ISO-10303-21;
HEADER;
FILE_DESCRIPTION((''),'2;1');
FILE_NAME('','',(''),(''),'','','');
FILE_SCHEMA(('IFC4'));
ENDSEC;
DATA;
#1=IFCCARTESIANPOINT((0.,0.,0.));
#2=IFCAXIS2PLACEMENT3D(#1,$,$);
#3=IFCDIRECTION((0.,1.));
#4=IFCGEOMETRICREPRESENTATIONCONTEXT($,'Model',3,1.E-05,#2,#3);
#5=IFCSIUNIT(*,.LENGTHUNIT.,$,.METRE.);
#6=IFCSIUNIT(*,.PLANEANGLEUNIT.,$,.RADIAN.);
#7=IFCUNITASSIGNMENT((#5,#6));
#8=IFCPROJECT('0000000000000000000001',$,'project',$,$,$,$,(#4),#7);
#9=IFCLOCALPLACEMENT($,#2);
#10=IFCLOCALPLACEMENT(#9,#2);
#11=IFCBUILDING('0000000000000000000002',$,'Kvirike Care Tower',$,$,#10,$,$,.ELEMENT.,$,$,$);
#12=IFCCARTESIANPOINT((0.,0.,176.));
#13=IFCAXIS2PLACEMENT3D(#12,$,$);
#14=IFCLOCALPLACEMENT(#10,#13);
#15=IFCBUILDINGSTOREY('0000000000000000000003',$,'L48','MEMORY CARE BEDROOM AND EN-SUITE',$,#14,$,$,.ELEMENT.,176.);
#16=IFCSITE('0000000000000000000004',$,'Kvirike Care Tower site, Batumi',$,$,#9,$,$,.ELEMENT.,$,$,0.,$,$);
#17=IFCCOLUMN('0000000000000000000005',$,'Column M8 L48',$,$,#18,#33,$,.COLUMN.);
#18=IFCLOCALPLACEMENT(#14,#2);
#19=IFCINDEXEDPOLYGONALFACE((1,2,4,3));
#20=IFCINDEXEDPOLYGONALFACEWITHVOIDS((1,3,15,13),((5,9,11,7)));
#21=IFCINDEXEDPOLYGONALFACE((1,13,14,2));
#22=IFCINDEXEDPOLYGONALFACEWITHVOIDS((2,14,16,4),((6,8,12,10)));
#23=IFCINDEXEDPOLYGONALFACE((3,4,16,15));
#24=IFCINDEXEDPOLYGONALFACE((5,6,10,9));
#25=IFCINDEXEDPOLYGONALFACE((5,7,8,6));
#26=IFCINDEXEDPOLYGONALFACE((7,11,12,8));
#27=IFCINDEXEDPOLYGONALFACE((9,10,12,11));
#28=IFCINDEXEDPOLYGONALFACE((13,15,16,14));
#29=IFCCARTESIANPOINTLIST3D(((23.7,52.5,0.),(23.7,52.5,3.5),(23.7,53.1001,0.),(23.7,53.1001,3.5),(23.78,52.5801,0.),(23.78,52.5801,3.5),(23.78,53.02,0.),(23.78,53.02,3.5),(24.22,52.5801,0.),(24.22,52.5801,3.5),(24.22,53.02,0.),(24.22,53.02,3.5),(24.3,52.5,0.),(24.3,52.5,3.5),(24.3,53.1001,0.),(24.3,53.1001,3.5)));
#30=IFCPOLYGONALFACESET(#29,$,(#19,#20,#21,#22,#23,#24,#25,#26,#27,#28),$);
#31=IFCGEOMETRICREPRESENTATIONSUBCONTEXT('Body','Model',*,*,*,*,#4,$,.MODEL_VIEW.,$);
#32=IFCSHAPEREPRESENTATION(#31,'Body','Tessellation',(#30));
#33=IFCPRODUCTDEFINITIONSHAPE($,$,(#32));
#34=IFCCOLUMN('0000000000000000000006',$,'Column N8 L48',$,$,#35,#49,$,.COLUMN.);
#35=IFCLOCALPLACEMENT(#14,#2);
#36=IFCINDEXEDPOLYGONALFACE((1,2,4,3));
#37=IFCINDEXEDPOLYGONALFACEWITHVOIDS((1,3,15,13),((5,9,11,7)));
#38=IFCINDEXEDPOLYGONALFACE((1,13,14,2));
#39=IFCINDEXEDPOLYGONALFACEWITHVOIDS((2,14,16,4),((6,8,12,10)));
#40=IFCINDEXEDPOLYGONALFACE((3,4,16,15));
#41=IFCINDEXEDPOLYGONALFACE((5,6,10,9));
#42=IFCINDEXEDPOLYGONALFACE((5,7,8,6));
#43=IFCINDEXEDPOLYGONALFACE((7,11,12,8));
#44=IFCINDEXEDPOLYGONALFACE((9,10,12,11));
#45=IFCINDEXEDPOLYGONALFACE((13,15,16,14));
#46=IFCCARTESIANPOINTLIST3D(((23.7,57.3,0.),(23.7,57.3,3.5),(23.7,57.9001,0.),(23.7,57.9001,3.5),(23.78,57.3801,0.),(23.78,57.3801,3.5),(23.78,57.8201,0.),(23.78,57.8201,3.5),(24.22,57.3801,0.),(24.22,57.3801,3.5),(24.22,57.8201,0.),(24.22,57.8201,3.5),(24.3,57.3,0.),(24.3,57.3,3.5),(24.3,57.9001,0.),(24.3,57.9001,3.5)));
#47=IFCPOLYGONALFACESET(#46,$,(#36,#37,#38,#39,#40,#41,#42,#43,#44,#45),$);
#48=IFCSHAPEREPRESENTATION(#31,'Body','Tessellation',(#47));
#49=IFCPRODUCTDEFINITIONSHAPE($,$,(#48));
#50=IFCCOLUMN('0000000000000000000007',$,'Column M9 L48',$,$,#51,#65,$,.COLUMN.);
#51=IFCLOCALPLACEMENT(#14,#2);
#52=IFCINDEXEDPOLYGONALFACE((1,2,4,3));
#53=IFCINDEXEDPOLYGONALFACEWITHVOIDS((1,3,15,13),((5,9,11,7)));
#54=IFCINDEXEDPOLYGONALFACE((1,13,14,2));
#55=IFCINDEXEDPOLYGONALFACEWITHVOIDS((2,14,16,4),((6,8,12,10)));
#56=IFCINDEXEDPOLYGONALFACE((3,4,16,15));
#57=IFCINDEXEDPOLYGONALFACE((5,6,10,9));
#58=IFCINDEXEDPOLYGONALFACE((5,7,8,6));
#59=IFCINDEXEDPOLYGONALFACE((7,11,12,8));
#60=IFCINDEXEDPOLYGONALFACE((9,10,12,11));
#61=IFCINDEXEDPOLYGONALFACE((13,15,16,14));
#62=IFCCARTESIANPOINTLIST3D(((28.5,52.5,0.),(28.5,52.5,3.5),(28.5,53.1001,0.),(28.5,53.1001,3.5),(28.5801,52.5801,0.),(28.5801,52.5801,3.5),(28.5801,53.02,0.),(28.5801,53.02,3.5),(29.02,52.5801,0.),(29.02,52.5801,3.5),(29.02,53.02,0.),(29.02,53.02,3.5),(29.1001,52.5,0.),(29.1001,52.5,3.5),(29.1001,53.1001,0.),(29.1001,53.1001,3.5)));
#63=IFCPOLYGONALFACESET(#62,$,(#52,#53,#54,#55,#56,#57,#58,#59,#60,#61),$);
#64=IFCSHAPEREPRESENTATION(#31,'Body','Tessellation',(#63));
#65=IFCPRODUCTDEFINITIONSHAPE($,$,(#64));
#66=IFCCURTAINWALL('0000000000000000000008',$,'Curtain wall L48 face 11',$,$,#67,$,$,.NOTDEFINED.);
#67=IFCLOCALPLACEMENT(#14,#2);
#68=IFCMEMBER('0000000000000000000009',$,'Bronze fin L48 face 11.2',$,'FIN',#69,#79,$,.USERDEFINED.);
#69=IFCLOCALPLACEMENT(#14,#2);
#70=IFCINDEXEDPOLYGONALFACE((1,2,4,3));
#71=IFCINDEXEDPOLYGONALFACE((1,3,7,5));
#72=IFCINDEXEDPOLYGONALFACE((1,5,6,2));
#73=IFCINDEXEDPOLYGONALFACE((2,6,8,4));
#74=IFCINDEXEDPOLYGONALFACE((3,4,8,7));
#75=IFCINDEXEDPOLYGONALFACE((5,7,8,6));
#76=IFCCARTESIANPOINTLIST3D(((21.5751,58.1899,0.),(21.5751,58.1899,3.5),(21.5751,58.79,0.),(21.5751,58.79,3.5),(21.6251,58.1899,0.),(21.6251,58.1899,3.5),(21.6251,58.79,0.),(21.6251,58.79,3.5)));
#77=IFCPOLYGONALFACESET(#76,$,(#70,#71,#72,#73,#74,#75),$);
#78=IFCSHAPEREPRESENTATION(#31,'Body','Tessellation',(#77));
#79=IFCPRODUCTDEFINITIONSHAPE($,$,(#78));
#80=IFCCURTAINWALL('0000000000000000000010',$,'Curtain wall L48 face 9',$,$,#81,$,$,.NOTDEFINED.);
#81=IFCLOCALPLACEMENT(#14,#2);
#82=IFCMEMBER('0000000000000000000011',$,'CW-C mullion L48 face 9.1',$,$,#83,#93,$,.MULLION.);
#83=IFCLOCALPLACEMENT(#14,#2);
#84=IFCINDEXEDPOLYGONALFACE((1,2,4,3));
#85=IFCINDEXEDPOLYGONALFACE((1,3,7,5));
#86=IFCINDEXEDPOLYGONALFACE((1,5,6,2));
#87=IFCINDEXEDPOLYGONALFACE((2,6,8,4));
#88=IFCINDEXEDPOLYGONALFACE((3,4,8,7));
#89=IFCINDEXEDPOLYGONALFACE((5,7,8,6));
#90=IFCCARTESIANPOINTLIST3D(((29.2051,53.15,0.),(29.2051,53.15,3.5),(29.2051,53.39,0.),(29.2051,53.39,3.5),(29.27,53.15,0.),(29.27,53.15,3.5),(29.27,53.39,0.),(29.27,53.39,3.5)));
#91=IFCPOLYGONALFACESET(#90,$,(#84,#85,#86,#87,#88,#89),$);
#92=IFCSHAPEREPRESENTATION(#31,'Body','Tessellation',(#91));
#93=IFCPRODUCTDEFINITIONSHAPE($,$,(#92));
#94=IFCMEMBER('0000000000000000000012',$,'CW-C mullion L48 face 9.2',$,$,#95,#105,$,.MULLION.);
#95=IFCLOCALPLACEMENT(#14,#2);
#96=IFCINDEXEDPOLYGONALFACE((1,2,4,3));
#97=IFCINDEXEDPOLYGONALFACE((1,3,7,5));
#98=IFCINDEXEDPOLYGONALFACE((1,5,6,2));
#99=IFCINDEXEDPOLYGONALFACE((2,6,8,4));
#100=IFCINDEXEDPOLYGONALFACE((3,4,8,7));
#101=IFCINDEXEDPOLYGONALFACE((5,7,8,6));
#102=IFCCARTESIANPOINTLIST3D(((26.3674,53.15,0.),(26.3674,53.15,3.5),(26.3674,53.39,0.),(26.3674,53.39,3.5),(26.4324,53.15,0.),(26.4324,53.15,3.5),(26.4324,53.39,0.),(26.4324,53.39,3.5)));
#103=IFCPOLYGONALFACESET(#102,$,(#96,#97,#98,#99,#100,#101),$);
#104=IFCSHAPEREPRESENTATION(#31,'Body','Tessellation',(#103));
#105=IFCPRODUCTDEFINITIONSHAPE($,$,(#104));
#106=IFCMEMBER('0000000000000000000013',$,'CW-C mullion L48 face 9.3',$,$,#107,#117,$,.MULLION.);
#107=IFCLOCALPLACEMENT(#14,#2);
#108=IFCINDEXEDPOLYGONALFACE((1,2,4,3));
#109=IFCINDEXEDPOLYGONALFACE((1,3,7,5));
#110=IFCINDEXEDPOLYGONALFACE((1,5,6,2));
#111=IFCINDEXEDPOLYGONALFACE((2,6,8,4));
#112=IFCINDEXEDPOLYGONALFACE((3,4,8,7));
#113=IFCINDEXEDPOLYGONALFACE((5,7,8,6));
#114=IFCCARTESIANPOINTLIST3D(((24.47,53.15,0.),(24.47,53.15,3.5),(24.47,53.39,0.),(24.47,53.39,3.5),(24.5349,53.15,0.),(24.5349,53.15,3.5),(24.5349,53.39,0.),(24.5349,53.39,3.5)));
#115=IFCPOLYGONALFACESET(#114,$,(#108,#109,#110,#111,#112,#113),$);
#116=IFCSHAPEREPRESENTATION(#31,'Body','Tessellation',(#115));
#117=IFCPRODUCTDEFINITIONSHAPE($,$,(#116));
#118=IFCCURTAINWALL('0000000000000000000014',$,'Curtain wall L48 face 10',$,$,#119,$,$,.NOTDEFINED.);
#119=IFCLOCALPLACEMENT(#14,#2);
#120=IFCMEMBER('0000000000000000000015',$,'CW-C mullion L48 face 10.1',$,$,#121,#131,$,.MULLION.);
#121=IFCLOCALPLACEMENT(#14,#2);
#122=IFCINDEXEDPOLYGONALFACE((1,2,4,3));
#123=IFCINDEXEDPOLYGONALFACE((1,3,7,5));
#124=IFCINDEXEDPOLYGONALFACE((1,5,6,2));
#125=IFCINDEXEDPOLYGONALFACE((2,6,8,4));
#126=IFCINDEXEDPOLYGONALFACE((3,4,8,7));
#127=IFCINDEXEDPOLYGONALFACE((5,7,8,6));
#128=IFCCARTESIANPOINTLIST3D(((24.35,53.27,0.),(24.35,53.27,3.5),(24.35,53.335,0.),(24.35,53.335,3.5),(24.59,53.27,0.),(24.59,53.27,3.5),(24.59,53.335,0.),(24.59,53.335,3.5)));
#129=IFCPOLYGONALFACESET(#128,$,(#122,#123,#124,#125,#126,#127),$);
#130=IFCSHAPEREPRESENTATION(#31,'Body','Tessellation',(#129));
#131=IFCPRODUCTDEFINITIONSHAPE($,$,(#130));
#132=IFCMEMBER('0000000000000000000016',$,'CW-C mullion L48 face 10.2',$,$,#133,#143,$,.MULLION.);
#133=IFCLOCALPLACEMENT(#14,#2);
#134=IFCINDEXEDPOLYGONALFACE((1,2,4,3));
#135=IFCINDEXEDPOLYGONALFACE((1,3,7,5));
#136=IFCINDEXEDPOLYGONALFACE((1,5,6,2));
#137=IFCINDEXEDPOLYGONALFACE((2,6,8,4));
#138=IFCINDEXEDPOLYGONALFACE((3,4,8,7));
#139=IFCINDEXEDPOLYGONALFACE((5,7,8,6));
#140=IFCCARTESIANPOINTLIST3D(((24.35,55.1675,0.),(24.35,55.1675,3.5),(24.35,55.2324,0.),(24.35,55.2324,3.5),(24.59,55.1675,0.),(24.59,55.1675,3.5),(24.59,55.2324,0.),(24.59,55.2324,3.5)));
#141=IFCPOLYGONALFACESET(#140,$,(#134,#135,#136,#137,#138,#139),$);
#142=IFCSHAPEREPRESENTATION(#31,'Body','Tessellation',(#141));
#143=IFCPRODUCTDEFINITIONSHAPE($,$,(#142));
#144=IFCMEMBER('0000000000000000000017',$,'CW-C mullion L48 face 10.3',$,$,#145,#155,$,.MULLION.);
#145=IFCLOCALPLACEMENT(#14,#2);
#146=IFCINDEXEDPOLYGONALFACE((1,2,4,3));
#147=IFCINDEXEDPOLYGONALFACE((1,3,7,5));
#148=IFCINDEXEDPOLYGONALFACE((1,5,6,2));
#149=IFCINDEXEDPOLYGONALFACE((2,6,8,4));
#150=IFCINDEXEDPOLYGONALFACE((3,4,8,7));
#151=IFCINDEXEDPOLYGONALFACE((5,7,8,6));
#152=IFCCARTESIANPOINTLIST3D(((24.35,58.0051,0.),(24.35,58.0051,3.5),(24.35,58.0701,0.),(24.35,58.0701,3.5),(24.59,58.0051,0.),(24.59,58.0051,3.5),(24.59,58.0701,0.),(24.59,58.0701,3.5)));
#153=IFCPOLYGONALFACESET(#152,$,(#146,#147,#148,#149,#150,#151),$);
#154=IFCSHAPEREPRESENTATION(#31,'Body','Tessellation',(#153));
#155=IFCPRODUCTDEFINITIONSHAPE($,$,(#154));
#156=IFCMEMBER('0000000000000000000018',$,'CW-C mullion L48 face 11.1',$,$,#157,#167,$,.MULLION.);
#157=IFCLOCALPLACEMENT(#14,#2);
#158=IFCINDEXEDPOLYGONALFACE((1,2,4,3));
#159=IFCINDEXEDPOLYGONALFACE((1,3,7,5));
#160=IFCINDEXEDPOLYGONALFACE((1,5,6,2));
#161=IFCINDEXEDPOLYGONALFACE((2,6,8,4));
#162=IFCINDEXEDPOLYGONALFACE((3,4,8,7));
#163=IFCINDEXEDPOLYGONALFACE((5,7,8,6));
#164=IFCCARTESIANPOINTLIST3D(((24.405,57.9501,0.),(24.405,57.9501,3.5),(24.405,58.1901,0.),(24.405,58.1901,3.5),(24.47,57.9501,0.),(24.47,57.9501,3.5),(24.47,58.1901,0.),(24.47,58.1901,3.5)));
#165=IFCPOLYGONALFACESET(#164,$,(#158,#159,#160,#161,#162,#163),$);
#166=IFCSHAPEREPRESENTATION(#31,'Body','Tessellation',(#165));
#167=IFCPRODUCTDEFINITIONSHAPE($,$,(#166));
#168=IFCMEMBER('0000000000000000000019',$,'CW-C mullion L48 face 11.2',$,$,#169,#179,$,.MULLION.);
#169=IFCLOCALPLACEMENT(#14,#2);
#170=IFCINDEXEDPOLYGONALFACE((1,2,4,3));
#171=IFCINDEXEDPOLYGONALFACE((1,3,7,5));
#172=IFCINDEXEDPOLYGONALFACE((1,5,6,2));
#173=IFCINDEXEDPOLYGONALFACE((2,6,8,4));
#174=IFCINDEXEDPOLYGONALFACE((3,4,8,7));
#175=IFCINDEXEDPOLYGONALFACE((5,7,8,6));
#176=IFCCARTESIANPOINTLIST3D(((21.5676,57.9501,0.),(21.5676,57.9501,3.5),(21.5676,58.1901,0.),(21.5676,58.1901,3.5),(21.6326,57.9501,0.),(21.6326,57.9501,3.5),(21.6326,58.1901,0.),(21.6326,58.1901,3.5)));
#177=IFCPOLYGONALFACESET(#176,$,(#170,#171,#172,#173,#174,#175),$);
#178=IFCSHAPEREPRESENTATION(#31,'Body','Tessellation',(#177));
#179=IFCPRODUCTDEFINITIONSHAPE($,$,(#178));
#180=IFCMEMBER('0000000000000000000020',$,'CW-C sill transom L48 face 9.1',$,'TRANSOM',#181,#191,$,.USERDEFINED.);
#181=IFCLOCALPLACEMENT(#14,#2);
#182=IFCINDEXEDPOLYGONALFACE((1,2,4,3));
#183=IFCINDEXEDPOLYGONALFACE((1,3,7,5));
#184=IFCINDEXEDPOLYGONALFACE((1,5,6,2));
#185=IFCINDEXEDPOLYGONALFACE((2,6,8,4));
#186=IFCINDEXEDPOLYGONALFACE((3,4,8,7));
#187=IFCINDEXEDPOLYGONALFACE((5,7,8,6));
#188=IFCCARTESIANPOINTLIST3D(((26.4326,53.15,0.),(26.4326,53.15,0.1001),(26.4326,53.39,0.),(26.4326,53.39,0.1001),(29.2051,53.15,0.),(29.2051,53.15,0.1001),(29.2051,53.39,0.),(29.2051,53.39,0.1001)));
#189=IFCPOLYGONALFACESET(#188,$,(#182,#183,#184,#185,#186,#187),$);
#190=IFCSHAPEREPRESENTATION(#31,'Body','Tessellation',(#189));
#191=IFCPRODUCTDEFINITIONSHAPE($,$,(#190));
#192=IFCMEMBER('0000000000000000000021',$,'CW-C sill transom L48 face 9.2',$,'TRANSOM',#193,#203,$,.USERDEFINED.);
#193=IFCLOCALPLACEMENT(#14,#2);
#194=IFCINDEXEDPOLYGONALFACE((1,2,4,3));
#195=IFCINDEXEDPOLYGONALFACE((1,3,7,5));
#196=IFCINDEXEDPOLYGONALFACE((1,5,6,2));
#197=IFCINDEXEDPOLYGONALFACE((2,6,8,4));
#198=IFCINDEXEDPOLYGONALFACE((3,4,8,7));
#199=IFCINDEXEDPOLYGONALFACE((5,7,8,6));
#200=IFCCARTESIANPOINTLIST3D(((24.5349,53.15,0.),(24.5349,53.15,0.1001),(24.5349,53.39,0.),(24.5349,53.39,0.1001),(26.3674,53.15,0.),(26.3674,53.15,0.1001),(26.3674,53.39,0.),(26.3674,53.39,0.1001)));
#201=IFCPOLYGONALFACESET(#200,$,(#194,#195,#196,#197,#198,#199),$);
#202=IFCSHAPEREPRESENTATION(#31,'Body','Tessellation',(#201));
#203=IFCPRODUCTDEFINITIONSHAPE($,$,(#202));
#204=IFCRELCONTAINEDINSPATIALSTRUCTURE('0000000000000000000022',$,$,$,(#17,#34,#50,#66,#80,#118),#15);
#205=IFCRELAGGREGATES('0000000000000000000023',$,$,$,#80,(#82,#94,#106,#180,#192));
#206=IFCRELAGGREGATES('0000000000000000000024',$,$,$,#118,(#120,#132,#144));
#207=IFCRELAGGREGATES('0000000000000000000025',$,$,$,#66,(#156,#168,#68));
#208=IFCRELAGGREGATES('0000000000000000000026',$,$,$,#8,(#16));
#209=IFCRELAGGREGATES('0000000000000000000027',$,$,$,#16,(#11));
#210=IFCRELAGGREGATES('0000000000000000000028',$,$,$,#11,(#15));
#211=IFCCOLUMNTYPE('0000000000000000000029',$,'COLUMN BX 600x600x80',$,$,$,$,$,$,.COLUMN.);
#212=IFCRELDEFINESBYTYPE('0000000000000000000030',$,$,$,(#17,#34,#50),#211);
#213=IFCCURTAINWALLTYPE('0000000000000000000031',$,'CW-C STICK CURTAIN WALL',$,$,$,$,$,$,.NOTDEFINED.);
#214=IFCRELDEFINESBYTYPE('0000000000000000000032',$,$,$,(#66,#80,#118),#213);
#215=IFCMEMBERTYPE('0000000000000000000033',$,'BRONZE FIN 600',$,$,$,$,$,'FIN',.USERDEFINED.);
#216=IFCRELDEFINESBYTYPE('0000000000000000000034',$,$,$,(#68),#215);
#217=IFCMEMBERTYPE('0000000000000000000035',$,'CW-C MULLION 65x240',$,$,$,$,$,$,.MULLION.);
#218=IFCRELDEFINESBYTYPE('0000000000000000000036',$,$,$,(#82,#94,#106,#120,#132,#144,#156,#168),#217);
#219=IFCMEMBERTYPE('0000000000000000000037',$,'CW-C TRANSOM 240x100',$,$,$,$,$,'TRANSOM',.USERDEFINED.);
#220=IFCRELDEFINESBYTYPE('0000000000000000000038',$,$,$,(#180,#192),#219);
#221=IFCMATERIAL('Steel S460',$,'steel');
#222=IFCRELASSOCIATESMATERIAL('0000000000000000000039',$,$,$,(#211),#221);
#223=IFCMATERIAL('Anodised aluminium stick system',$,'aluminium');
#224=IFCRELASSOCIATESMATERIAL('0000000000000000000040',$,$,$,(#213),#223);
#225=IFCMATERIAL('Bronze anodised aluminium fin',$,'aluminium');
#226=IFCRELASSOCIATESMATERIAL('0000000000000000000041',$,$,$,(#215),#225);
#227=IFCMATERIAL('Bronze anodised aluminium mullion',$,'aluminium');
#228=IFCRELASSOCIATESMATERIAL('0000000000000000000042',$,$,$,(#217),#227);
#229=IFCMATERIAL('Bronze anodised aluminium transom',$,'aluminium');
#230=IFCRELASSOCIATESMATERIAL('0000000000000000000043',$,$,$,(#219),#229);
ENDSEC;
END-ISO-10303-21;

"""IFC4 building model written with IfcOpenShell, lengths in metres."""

from ifc_helpers import new_model, si_unit, direction, frame, origin, origin_2d, place, context, subcontext, project, spatial, rectangle, hollow_rectangle, extrude, material, material_profile, profile_set, type_object, element, aggregate, save


model = new_model("IFC4")

# Units and contexts
model_context = context("Model", 3, precision=1e-05, world=origin(), true_north=direction((0.0, 1.0)))
body_context = subcontext(model_context, "Body", "Model", "MODEL_VIEW")
ifc_project = project(units=[si_unit("LENGTHUNIT", "METRE"), si_unit("PLANEANGLEUNIT", "RADIAN")], contexts=[model_context])

# Site, building, storey
site_placement = place(None, origin())
site = spatial("IfcSite", under=ifc_project, at=site_placement, Name="Kvirike Care Tower site, Batumi", CompositionType="ELEMENT", RefElevation=0.0)
building_placement = place(site_placement, origin())
building = spatial("IfcBuilding", under=site, at=building_placement, Name="Kvirike Care Tower", CompositionType="ELEMENT")
storey_placement = place(building_placement, frame((0.0, 0.0, 176.0)))
storey = spatial("IfcBuildingStorey", under=building, at=storey_placement, Name="L48", Description="MEMORY CARE BEDROOM AND EN-SUITE", CompositionType="ELEMENT", Elevation=176.0)

# Columns
ifc_material_1 = material(Name="Steel S460", Category="steel")
ifc_material_profile_1 = material_profile(ifc_material_1, hollow_rectangle(XDim=0.6001, YDim=0.6001, WallThickness=0.0801, at=origin_2d()), Name="BX 600x600x80")
ifc_profile_set_1 = profile_set([ifc_material_profile_1], Name="Steel S460")
column_type = type_object("IfcColumnType", Name="COLUMN BX 600x600x80", PredefinedType="COLUMN", material=ifc_profile_set_1)
for number, where, z_axis, x_axis, name in (
    (1, (24.0, 52.8, 0.0), (0.0, 0.0, 1.0), (0.0, 1.0, 0.0), "Column M8 L48"),
    (2, (24.0, 57.6001, 0.0), (0.0, 0.0, 1.0), (0.0, 1.0, 0.0), "Column N8 L48"),
    (3, (28.8, 52.8, 0.0), (0.0, 0.0, 1.0), (0.0, 1.0, 0.0), "Column M9 L48"),
):
    element("IfcColumn", number, at=place(storey_placement, frame(where, z_axis=z_axis, x_axis=x_axis)), inside=storey, type_object=column_type, Name=name, PredefinedType="COLUMN", context=body_context, shape_type="SweptSolid", body=[
        extrude(hollow_rectangle(XDim=0.6001, YDim=0.6001, WallThickness=0.0801, at=origin_2d()), origin(), (0.0, 0.0, 1.0), 3.5),
    ])

# Curtain wall, member
ifc_material_2 = material(Name="Anodised aluminium stick system", Category="aluminium")
curtain_wall_type = type_object("IfcCurtainWallType", Name="CW-C STICK CURTAIN WALL", PredefinedType="NOTDEFINED", material=ifc_material_2)
curtain_wall_1_placement = place(storey_placement, origin())
curtain_wall_1 = element("IfcCurtainWall", 4, at=curtain_wall_1_placement, inside=storey, type_object=curtain_wall_type, Name="Curtain wall L48 face 11", PredefinedType="NOTDEFINED")
ifc_material_3 = material(Name="Bronze anodised aluminium fin", Category="aluminium")
ifc_material_profile_2 = material_profile(ifc_material_3, rectangle(XDim=0.05, YDim=0.6001, at=origin_2d()), Name="BRONZE FIN 600")
ifc_profile_set_2 = profile_set([ifc_material_profile_2], Name="Bronze anodised aluminium fin")
member_type_1 = type_object("IfcMemberType", Name="BRONZE FIN 600", ElementType="FIN", PredefinedType="USERDEFINED", material=ifc_profile_set_2)
member_1_placement = place(storey_placement, frame((21.6001, 58.49, 0.0), z_axis=(0.0, 0.0, 1.0), x_axis=(-1.0, 0.0, 0.0)))
member_1 = element("IfcMember", 5, at=member_1_placement, type_object=member_type_1, Name="Bronze fin L48 face 11.2", ObjectType="FIN", PredefinedType="USERDEFINED", context=body_context, shape_type="SweptSolid", body=[
    extrude(rectangle(XDim=0.05, YDim=0.6001, at=origin_2d()), origin(), (0.0, 0.0, 1.0), 3.5),
])

# Curtain walls, members
curtain_wall_2_placement = place(storey_placement, origin())
curtain_wall_2 = element("IfcCurtainWall", 6, at=curtain_wall_2_placement, inside=storey, type_object=curtain_wall_type, Name="Curtain wall L48 face 9", PredefinedType="NOTDEFINED")
ifc_material_4 = material(Name="Bronze anodised aluminium mullion", Category="aluminium")
ifc_material_profile_3 = material_profile(ifc_material_4, rectangle(XDim=0.0649, YDim=0.24, at=origin_2d()), Name="CW-C MULLION 65x240")
ifc_profile_set_3 = profile_set([ifc_material_profile_3], Name="Bronze anodised aluminium mullion")
member_type_2 = type_object("IfcMemberType", Name="CW-C MULLION 65x240", PredefinedType="MULLION", material=ifc_profile_set_3)
member_2_placement = place(storey_placement, frame((29.2375, 53.27, 0.0), z_axis=(0.0, 0.0, 1.0), x_axis=(-1.0, 0.0, 0.0)))
member_2 = element("IfcMember", 7, at=member_2_placement, type_object=member_type_2, Name="CW-C mullion L48 face 9.1", PredefinedType="MULLION", context=body_context, shape_type="SweptSolid", body=[
    extrude(rectangle(XDim=0.0649, YDim=0.24, at=origin_2d()), origin(), (0.0, 0.0, 1.0), 3.5),
])
member_3_placement = place(storey_placement, frame((26.3999, 53.27, 0.0), z_axis=(0.0, 0.0, 1.0), x_axis=(-1.0, 0.0, 0.0)))
member_3 = element("IfcMember", 8, at=member_3_placement, type_object=member_type_2, Name="CW-C mullion L48 face 9.2", PredefinedType="MULLION", context=body_context, shape_type="SweptSolid", body=[
    extrude(rectangle(XDim=0.0649, YDim=0.24, at=origin_2d()), origin(), (0.0, 0.0, 1.0), 3.5),
])
member_4_placement = place(storey_placement, frame((24.5024, 53.27, 0.0), z_axis=(0.0, 0.0, 1.0), x_axis=(-1.0, 0.0, 0.0)))
member_4 = element("IfcMember", 9, at=member_4_placement, type_object=member_type_2, Name="CW-C mullion L48 face 9.3", PredefinedType="MULLION", context=body_context, shape_type="SweptSolid", body=[
    extrude(rectangle(XDim=0.0649, YDim=0.24, at=origin_2d()), origin(), (0.0, 0.0, 1.0), 3.5),
])
curtain_wall_3_placement = place(storey_placement, origin())
curtain_wall_3 = element("IfcCurtainWall", 10, at=curtain_wall_3_placement, inside=storey, type_object=curtain_wall_type, Name="Curtain wall L48 face 10", PredefinedType="NOTDEFINED")
member_5_placement = place(storey_placement, frame((24.47, 53.3025, 0.0), z_axis=(0.0, 0.0, 1.0), x_axis=(0.0, 1.0, 0.0)))
member_5 = element("IfcMember", 11, at=member_5_placement, type_object=member_type_2, Name="CW-C mullion L48 face 10.1", PredefinedType="MULLION", context=body_context, shape_type="SweptSolid", body=[
    extrude(rectangle(XDim=0.0649, YDim=0.24, at=origin_2d()), origin(), (0.0, 0.0, 1.0), 3.5),
])
member_6_placement = place(storey_placement, frame((24.47, 55.2, 0.0), z_axis=(0.0, 0.0, 1.0), x_axis=(0.0, 1.0, 0.0)))
member_6 = element("IfcMember", 12, at=member_6_placement, type_object=member_type_2, Name="CW-C mullion L48 face 10.2", PredefinedType="MULLION", context=body_context, shape_type="SweptSolid", body=[
    extrude(rectangle(XDim=0.0649, YDim=0.24, at=origin_2d()), origin(), (0.0, 0.0, 1.0), 3.5),
])
member_7_placement = place(storey_placement, frame((24.47, 58.0376, 0.0), z_axis=(0.0, 0.0, 1.0), x_axis=(0.0, 1.0, 0.0)))
member_7 = element("IfcMember", 13, at=member_7_placement, type_object=member_type_2, Name="CW-C mullion L48 face 10.3", PredefinedType="MULLION", context=body_context, shape_type="SweptSolid", body=[
    extrude(rectangle(XDim=0.0649, YDim=0.24, at=origin_2d()), origin(), (0.0, 0.0, 1.0), 3.5),
])

# Members
member_8_placement = place(storey_placement, frame((24.4375, 58.0701, 0.0), z_axis=(0.0, 0.0, 1.0), x_axis=(-1.0, 0.0, 0.0)))
member_8 = element("IfcMember", 14, at=member_8_placement, type_object=member_type_2, Name="CW-C mullion L48 face 11.1", PredefinedType="MULLION", context=body_context, shape_type="SweptSolid", body=[
    extrude(rectangle(XDim=0.0649, YDim=0.24, at=origin_2d()), origin(), (0.0, 0.0, 1.0), 3.5),
])
member_9_placement = place(storey_placement, frame((21.6001, 58.0701, 0.0), z_axis=(0.0, 0.0, 1.0), x_axis=(-1.0, 0.0, 0.0)))
member_9 = element("IfcMember", 15, at=member_9_placement, type_object=member_type_2, Name="CW-C mullion L48 face 11.2", PredefinedType="MULLION", context=body_context, shape_type="SweptSolid", body=[
    extrude(rectangle(XDim=0.0649, YDim=0.24, at=origin_2d()), origin(), (0.0, 0.0, 1.0), 3.5),
])
ifc_material_5 = material(Name="Bronze anodised aluminium transom", Category="aluminium")
ifc_material_profile_4 = material_profile(ifc_material_5, rectangle(XDim=0.24, YDim=0.1001, at=origin_2d()), Name="CW-C TRANSOM 240x100")
ifc_profile_set_4 = profile_set([ifc_material_profile_4], Name="Bronze anodised aluminium transom")
member_type_3 = type_object("IfcMemberType", Name="CW-C TRANSOM 240x100", ElementType="TRANSOM", PredefinedType="USERDEFINED", material=ifc_profile_set_4)
member_10_placement = place(storey_placement, frame((29.2051, 53.27, 0.05), z_axis=(-1.0, 0.0, 0.0), x_axis=(0.0, -1.0, 0.0)))
member_10 = element("IfcMember", 16, at=member_10_placement, type_object=member_type_3, Name="CW-C sill transom L48 face 9.1", ObjectType="TRANSOM", PredefinedType="USERDEFINED", context=body_context, shape_type="SweptSolid", body=[
    extrude(rectangle(XDim=0.24, YDim=0.1001, at=origin_2d()), origin(), (0.0, 0.0, 1.0), 2.7725),
])
member_11_placement = place(storey_placement, frame((26.3674, 53.27, 0.05), z_axis=(-1.0, 0.0, 0.0), x_axis=(0.0, -1.0, 0.0)))
member_11 = element("IfcMember", 17, at=member_11_placement, type_object=member_type_3, Name="CW-C sill transom L48 face 9.2", ObjectType="TRANSOM", PredefinedType="USERDEFINED", context=body_context, shape_type="SweptSolid", body=[
    extrude(rectangle(XDim=0.24, YDim=0.1001, at=origin_2d()), origin(), (0.0, 0.0, 1.0), 1.8325),
])

aggregate(curtain_wall_2, [member_2, member_3, member_4, member_10, member_11])
aggregate(curtain_wall_3, [member_5, member_6, member_7])
aggregate(curtain_wall_1, [member_8, member_9, member_1])

save(model, "model.ifc")
